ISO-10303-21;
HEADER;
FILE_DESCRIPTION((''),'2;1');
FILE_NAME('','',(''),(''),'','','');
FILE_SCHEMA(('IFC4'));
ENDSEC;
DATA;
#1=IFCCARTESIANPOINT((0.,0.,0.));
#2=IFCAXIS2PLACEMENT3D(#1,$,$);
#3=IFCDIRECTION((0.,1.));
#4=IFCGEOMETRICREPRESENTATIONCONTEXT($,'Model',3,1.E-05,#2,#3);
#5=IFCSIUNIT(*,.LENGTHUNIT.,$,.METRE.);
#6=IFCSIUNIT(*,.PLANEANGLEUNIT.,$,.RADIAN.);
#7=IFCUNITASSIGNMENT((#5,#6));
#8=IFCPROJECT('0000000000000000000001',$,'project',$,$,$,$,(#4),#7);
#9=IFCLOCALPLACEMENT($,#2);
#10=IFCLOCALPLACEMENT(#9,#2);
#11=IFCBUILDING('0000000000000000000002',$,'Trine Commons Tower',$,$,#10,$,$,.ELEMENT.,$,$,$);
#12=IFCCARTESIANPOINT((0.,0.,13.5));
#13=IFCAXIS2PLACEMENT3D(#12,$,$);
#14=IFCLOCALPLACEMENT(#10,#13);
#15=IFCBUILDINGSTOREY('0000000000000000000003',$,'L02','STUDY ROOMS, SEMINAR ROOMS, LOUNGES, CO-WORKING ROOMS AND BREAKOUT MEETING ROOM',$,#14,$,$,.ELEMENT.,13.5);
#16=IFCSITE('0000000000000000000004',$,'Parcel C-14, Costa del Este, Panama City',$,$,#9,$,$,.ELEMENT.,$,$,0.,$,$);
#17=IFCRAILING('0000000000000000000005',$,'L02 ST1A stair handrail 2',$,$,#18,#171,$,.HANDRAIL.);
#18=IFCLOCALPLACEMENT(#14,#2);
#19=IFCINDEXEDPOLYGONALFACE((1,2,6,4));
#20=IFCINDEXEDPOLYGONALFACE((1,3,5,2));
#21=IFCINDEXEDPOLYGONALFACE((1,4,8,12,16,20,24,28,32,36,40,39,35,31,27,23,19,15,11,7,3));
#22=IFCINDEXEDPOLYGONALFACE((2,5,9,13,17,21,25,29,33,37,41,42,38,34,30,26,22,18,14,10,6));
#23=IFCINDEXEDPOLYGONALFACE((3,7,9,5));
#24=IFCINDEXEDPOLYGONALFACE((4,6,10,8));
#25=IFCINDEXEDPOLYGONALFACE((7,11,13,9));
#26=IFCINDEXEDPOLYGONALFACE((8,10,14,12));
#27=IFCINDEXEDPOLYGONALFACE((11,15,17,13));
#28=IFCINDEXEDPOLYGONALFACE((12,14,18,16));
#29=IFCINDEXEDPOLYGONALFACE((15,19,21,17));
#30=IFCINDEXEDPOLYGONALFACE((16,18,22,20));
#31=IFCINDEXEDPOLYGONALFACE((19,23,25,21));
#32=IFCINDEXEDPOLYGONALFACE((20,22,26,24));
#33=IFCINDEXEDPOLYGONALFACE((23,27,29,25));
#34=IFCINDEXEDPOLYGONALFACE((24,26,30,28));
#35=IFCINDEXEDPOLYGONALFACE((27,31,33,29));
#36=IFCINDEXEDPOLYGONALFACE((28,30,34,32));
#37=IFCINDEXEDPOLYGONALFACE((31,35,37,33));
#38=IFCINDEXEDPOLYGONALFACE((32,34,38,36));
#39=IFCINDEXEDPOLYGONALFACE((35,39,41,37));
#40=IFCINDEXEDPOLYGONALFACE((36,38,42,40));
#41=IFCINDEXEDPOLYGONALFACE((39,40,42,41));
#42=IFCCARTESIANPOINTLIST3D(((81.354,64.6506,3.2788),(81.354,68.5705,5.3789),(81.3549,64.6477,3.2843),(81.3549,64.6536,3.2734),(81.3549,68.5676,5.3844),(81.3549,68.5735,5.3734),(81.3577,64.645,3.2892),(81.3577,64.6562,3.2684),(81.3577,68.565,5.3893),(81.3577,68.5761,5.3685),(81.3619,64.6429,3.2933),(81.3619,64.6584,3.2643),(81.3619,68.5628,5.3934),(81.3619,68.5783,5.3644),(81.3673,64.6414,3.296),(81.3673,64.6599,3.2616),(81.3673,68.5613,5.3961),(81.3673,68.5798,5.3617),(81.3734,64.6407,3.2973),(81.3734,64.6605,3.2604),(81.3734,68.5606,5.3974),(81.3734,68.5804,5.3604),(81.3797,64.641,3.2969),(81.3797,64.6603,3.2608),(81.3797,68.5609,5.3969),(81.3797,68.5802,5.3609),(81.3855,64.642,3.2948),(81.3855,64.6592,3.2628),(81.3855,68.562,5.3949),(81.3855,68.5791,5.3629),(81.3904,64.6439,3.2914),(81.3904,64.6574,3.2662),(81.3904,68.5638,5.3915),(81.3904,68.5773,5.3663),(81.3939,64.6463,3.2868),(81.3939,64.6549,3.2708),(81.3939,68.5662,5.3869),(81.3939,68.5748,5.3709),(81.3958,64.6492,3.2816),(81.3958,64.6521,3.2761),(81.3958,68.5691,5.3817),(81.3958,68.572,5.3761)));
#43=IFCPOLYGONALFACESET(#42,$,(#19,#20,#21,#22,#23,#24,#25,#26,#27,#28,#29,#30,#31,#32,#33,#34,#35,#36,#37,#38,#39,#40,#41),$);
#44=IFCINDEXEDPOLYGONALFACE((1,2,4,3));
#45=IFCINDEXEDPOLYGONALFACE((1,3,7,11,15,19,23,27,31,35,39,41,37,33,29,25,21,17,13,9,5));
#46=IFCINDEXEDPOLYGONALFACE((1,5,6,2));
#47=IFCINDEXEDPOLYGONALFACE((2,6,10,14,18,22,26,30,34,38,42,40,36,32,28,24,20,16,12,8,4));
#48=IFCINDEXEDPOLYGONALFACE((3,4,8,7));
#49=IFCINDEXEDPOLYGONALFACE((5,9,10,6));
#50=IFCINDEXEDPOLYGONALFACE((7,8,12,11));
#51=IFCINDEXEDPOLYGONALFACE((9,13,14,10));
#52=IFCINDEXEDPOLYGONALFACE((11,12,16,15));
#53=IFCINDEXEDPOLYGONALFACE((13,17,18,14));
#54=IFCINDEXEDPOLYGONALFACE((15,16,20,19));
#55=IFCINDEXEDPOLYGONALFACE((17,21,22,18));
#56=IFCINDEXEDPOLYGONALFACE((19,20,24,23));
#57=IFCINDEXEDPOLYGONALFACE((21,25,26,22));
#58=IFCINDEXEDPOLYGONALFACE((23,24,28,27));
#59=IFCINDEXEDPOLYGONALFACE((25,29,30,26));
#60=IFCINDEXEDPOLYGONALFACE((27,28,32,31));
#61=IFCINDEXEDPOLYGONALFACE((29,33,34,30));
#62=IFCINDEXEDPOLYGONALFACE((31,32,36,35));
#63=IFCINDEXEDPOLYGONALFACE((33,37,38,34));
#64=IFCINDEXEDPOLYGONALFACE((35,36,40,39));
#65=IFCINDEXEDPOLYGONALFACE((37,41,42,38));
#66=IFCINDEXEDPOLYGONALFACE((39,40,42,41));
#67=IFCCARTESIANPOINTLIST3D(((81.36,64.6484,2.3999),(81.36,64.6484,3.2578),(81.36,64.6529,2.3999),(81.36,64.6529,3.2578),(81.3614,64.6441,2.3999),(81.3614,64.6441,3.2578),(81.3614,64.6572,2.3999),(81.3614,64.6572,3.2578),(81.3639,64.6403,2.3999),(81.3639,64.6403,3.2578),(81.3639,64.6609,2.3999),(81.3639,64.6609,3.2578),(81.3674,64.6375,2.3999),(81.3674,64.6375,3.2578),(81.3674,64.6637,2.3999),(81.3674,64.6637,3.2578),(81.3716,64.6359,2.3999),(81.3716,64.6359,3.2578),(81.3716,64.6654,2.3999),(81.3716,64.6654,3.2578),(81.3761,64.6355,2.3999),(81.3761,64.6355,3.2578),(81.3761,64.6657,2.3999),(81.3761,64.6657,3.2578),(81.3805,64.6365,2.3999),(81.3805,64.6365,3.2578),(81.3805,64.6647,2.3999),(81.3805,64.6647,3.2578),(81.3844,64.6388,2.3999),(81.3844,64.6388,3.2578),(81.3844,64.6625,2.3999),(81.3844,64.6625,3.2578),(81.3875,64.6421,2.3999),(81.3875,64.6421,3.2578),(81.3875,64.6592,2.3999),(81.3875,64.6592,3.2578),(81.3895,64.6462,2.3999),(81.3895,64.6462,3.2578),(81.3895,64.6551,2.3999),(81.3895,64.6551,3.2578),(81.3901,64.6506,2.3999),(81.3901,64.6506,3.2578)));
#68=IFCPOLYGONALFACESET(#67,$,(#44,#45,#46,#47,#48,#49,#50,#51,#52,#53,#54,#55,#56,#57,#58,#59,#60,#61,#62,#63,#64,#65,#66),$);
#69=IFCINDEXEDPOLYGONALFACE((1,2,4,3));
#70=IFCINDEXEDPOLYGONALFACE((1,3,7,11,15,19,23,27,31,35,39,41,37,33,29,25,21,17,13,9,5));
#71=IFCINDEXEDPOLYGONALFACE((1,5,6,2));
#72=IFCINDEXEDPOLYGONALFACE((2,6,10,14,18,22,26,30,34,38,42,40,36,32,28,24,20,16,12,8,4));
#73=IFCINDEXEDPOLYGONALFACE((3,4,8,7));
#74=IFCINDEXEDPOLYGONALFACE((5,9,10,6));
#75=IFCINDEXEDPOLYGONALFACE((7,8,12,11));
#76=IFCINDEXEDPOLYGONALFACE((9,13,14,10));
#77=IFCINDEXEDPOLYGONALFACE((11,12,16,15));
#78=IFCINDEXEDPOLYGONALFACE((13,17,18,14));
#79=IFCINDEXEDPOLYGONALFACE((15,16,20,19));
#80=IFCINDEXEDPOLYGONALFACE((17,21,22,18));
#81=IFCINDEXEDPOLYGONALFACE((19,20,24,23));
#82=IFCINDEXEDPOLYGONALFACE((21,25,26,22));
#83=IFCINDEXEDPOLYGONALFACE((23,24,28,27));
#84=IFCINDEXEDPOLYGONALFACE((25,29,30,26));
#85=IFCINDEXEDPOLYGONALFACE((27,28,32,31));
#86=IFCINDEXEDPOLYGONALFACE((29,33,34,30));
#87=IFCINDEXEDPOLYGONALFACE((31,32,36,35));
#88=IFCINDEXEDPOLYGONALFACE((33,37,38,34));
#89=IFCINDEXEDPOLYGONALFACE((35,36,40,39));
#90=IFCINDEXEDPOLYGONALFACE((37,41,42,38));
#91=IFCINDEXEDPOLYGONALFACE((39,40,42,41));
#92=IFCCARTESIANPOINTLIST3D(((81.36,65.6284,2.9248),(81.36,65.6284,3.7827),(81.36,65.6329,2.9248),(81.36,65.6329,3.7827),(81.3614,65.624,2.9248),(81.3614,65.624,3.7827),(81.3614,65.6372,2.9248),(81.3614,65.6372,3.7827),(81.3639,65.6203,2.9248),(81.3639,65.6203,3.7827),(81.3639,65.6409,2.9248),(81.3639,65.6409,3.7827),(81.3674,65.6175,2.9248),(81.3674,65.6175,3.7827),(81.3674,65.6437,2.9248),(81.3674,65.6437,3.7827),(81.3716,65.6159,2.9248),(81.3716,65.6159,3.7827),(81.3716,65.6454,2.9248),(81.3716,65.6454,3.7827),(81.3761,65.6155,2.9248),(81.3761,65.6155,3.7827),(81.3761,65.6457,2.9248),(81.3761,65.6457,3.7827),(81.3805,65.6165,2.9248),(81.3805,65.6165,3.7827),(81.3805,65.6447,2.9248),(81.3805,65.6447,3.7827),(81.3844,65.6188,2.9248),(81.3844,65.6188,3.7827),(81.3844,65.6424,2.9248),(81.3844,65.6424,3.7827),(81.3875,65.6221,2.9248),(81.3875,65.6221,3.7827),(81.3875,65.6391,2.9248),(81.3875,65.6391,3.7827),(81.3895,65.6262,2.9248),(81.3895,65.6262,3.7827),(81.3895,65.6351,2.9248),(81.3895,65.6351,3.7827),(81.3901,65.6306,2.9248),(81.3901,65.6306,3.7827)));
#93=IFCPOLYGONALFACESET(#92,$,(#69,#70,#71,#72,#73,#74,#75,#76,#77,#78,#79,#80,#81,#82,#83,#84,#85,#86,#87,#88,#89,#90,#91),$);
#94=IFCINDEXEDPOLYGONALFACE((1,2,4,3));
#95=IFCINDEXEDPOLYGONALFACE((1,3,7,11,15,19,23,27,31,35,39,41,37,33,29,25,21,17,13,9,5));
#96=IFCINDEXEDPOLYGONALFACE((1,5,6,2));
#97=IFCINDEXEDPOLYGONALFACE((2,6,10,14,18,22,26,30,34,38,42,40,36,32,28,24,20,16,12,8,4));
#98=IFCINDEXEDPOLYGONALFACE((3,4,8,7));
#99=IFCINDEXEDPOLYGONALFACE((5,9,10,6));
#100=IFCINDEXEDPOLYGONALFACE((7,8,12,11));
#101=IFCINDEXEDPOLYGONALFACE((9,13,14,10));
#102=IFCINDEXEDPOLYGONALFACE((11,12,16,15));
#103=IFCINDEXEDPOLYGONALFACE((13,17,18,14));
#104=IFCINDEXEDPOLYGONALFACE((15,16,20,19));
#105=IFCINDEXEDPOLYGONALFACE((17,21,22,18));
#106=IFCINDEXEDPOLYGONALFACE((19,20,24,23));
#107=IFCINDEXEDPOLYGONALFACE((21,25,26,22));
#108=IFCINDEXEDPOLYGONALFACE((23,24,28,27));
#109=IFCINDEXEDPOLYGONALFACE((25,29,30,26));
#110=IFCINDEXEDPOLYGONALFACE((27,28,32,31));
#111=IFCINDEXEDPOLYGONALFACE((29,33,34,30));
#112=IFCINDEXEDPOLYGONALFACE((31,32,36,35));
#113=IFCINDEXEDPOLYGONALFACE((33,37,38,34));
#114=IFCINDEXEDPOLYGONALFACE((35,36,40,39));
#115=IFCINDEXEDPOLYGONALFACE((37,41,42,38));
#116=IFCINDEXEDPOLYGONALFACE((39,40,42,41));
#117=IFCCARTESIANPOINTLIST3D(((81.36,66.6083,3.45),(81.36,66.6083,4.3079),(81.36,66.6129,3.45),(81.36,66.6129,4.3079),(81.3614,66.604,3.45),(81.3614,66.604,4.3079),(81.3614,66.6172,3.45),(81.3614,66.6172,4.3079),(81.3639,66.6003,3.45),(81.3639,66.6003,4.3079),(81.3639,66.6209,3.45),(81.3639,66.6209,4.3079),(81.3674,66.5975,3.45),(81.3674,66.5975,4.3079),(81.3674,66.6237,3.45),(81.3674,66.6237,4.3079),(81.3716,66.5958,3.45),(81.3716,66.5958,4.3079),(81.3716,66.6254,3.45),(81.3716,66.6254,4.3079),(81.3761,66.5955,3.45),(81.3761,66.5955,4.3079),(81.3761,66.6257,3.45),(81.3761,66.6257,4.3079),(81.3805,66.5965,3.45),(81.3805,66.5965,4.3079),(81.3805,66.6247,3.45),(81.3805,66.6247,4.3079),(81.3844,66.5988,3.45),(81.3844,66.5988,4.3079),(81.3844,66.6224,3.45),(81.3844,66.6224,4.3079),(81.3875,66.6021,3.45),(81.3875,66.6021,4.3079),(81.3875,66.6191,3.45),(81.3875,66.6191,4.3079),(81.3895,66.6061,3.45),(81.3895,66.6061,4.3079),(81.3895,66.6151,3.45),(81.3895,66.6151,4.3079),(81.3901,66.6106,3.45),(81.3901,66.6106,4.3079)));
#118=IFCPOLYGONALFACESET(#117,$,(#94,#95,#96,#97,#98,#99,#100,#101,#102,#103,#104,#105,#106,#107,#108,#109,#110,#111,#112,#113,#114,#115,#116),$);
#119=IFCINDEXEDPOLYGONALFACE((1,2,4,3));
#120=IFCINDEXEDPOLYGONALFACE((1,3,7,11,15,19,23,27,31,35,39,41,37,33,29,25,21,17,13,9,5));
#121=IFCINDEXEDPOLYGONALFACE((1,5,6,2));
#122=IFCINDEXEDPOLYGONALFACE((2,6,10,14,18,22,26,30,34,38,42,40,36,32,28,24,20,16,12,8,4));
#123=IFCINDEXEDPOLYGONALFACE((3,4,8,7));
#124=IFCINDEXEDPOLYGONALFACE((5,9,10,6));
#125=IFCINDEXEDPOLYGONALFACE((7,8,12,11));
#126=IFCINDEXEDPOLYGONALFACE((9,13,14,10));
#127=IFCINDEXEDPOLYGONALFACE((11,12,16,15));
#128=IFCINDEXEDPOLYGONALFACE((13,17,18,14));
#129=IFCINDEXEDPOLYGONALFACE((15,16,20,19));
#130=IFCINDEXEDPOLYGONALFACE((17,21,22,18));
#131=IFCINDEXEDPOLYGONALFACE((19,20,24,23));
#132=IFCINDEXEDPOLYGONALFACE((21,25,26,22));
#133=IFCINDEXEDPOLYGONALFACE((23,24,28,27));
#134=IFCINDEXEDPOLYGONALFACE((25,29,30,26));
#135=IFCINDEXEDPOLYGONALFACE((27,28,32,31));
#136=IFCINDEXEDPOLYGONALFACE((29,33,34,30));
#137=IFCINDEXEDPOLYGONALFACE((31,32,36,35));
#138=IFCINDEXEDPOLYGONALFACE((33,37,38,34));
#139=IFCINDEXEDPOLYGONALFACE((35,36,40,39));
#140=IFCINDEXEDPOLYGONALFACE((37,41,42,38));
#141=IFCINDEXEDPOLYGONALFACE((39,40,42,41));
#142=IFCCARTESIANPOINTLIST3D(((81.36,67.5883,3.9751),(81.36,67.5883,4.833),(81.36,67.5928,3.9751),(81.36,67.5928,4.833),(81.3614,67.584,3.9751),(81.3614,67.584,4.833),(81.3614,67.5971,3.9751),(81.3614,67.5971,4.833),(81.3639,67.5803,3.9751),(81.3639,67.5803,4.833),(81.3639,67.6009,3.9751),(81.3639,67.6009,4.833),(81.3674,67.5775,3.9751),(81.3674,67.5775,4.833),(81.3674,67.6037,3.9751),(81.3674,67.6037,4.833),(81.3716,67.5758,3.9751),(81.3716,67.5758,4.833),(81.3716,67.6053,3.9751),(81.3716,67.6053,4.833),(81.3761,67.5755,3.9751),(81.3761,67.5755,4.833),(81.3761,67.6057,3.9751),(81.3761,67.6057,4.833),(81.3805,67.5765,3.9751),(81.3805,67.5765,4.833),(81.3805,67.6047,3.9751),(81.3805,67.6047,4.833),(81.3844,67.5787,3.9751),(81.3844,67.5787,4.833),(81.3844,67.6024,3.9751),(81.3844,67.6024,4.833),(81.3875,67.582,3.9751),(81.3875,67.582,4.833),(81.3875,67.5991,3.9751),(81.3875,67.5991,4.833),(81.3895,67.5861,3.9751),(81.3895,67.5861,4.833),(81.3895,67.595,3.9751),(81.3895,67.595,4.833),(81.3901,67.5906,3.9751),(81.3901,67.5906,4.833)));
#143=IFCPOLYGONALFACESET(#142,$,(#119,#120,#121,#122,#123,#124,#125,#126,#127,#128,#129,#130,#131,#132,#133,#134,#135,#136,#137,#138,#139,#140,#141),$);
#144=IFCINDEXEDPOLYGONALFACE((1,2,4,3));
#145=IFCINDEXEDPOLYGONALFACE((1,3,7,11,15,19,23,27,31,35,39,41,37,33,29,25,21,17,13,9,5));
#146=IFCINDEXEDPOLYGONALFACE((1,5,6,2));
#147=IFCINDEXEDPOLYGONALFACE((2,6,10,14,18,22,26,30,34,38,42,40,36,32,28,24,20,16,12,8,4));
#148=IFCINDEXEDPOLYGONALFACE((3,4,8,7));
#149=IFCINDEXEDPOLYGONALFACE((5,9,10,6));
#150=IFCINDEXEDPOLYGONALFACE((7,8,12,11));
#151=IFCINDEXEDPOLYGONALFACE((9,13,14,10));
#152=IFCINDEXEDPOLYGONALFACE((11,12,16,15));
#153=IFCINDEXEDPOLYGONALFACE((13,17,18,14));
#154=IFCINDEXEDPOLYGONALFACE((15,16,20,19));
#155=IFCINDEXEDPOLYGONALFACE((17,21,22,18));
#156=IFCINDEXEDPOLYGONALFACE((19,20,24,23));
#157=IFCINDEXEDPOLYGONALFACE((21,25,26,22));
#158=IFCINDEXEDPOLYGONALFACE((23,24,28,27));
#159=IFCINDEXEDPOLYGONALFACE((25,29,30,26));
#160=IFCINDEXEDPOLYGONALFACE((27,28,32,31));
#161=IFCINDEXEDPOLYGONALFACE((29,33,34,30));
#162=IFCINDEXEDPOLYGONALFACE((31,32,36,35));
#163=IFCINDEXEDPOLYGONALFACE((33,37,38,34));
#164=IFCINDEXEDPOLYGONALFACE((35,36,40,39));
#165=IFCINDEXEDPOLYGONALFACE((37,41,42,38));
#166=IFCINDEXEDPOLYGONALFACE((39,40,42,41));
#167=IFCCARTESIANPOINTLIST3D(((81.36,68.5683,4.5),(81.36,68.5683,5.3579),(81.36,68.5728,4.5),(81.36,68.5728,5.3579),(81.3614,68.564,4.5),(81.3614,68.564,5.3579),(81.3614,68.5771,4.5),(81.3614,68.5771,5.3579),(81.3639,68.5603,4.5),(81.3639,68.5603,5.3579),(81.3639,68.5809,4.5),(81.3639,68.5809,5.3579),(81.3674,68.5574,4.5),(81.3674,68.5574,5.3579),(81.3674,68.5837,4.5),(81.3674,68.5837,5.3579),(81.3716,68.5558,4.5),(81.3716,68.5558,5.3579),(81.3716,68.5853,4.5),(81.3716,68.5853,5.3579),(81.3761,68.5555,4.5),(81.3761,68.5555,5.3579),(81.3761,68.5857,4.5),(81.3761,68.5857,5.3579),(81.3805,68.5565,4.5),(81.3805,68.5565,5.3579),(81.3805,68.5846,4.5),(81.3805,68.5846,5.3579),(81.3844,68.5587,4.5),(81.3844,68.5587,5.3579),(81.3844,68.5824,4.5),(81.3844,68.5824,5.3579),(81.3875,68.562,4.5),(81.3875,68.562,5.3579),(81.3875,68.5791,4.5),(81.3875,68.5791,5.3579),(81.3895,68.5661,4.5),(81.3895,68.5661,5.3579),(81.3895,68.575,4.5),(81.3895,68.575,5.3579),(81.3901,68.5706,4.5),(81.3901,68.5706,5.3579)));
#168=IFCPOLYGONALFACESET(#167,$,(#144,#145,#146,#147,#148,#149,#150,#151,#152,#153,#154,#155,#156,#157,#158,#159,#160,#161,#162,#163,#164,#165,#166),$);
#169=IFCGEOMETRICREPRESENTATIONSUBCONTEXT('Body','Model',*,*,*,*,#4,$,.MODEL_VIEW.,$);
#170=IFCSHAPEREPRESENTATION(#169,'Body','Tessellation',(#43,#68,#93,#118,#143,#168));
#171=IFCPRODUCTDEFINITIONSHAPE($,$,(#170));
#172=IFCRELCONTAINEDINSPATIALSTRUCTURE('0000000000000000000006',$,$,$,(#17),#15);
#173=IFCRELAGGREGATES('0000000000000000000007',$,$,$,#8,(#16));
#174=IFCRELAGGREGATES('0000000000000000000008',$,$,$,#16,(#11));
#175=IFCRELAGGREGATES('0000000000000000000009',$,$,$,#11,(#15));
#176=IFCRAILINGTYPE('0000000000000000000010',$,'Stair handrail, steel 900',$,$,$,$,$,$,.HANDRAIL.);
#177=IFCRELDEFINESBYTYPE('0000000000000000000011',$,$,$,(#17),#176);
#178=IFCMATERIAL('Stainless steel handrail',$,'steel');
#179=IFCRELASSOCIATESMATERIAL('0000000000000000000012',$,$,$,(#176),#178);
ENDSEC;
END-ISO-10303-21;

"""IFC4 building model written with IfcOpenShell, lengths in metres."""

from ifc_helpers import new_model, si_unit, direction, frame, origin, origin_2d, place, context, subcontext, project, spatial, circle, extrude, material, type_object, element, save


model = new_model("IFC4")

# Units and contexts
model_context = context("Model", 3, precision=1e-05, world=origin(), true_north=direction((0.0, 1.0)))
body_context = subcontext(model_context, "Body", "Model", "MODEL_VIEW")
ifc_project = project(units=[si_unit("LENGTHUNIT", "METRE"), si_unit("PLANEANGLEUNIT", "RADIAN")], contexts=[model_context])

# Site, building, storey
site_placement = place(None, origin())
site = spatial("IfcSite", under=ifc_project, at=site_placement, Name="Parcel C-14, Costa del Este, Panama City", CompositionType="ELEMENT", RefElevation=0.0)
building_placement = place(site_placement, origin())
building = spatial("IfcBuilding", under=site, at=building_placement, Name="Trine Commons Tower", CompositionType="ELEMENT")
storey_placement = place(building_placement, frame((0.0, 0.0, 13.5)))
storey = spatial("IfcBuildingStorey", under=building, at=storey_placement, Name="L02", Description="STUDY ROOMS, SEMINAR ROOMS, LOUNGES, CO-WORKING ROOMS AND BREAKOUT MEETING ROOM", CompositionType="ELEMENT", Elevation=13.5)

# Railing
ifc_material_1 = material(Name="Stainless steel handrail", Category="steel")
railing_type_1 = type_object("IfcRailingType", Name="Stair handrail, steel 900", PredefinedType="HANDRAIL", material=ifc_material_1)
railing_1_placement = place(storey_placement, frame((81.375, 64.6506, 2.3999)))
element("IfcRailing", 1, at=railing_1_placement, inside=storey, type_object=railing_type_1, Name="L02 ST1A stair handrail 2", PredefinedType="HANDRAIL", context=body_context, shape_type="SweptSolid", body=[
    extrude(circle(Radius=0.021, at=origin_2d()), frame((0.0, 0.0, 0.8789), z_axis=(0.0, 0.881467, 0.472246), x_axis=(-1.0, 0.0, 0.0)), (0.0, 0.0, 1.0), 4.447),
    extrude(circle(Radius=0.0151, at=origin_2d()), origin(), (0.0, 0.0, 1.0), 0.8579),
    extrude(circle(Radius=0.0151, at=origin_2d()), frame((0.0, 0.98, 0.5249)), (0.0, 0.0, 1.0), 0.8579),
    extrude(circle(Radius=0.0151, at=origin_2d()), frame((0.0, 1.96, 1.05)), (0.0, 0.0, 1.0), 0.8579),
    extrude(circle(Radius=0.0151, at=origin_2d()), frame((0.0, 2.9399, 1.5752)), (0.0, 0.0, 1.0), 0.8579),
    extrude(circle(Radius=0.0151, at=origin_2d()), frame((0.0, 3.9199, 2.1001)), (0.0, 0.0, 1.0), 0.8579),
])

save(model, "model.ifc")
